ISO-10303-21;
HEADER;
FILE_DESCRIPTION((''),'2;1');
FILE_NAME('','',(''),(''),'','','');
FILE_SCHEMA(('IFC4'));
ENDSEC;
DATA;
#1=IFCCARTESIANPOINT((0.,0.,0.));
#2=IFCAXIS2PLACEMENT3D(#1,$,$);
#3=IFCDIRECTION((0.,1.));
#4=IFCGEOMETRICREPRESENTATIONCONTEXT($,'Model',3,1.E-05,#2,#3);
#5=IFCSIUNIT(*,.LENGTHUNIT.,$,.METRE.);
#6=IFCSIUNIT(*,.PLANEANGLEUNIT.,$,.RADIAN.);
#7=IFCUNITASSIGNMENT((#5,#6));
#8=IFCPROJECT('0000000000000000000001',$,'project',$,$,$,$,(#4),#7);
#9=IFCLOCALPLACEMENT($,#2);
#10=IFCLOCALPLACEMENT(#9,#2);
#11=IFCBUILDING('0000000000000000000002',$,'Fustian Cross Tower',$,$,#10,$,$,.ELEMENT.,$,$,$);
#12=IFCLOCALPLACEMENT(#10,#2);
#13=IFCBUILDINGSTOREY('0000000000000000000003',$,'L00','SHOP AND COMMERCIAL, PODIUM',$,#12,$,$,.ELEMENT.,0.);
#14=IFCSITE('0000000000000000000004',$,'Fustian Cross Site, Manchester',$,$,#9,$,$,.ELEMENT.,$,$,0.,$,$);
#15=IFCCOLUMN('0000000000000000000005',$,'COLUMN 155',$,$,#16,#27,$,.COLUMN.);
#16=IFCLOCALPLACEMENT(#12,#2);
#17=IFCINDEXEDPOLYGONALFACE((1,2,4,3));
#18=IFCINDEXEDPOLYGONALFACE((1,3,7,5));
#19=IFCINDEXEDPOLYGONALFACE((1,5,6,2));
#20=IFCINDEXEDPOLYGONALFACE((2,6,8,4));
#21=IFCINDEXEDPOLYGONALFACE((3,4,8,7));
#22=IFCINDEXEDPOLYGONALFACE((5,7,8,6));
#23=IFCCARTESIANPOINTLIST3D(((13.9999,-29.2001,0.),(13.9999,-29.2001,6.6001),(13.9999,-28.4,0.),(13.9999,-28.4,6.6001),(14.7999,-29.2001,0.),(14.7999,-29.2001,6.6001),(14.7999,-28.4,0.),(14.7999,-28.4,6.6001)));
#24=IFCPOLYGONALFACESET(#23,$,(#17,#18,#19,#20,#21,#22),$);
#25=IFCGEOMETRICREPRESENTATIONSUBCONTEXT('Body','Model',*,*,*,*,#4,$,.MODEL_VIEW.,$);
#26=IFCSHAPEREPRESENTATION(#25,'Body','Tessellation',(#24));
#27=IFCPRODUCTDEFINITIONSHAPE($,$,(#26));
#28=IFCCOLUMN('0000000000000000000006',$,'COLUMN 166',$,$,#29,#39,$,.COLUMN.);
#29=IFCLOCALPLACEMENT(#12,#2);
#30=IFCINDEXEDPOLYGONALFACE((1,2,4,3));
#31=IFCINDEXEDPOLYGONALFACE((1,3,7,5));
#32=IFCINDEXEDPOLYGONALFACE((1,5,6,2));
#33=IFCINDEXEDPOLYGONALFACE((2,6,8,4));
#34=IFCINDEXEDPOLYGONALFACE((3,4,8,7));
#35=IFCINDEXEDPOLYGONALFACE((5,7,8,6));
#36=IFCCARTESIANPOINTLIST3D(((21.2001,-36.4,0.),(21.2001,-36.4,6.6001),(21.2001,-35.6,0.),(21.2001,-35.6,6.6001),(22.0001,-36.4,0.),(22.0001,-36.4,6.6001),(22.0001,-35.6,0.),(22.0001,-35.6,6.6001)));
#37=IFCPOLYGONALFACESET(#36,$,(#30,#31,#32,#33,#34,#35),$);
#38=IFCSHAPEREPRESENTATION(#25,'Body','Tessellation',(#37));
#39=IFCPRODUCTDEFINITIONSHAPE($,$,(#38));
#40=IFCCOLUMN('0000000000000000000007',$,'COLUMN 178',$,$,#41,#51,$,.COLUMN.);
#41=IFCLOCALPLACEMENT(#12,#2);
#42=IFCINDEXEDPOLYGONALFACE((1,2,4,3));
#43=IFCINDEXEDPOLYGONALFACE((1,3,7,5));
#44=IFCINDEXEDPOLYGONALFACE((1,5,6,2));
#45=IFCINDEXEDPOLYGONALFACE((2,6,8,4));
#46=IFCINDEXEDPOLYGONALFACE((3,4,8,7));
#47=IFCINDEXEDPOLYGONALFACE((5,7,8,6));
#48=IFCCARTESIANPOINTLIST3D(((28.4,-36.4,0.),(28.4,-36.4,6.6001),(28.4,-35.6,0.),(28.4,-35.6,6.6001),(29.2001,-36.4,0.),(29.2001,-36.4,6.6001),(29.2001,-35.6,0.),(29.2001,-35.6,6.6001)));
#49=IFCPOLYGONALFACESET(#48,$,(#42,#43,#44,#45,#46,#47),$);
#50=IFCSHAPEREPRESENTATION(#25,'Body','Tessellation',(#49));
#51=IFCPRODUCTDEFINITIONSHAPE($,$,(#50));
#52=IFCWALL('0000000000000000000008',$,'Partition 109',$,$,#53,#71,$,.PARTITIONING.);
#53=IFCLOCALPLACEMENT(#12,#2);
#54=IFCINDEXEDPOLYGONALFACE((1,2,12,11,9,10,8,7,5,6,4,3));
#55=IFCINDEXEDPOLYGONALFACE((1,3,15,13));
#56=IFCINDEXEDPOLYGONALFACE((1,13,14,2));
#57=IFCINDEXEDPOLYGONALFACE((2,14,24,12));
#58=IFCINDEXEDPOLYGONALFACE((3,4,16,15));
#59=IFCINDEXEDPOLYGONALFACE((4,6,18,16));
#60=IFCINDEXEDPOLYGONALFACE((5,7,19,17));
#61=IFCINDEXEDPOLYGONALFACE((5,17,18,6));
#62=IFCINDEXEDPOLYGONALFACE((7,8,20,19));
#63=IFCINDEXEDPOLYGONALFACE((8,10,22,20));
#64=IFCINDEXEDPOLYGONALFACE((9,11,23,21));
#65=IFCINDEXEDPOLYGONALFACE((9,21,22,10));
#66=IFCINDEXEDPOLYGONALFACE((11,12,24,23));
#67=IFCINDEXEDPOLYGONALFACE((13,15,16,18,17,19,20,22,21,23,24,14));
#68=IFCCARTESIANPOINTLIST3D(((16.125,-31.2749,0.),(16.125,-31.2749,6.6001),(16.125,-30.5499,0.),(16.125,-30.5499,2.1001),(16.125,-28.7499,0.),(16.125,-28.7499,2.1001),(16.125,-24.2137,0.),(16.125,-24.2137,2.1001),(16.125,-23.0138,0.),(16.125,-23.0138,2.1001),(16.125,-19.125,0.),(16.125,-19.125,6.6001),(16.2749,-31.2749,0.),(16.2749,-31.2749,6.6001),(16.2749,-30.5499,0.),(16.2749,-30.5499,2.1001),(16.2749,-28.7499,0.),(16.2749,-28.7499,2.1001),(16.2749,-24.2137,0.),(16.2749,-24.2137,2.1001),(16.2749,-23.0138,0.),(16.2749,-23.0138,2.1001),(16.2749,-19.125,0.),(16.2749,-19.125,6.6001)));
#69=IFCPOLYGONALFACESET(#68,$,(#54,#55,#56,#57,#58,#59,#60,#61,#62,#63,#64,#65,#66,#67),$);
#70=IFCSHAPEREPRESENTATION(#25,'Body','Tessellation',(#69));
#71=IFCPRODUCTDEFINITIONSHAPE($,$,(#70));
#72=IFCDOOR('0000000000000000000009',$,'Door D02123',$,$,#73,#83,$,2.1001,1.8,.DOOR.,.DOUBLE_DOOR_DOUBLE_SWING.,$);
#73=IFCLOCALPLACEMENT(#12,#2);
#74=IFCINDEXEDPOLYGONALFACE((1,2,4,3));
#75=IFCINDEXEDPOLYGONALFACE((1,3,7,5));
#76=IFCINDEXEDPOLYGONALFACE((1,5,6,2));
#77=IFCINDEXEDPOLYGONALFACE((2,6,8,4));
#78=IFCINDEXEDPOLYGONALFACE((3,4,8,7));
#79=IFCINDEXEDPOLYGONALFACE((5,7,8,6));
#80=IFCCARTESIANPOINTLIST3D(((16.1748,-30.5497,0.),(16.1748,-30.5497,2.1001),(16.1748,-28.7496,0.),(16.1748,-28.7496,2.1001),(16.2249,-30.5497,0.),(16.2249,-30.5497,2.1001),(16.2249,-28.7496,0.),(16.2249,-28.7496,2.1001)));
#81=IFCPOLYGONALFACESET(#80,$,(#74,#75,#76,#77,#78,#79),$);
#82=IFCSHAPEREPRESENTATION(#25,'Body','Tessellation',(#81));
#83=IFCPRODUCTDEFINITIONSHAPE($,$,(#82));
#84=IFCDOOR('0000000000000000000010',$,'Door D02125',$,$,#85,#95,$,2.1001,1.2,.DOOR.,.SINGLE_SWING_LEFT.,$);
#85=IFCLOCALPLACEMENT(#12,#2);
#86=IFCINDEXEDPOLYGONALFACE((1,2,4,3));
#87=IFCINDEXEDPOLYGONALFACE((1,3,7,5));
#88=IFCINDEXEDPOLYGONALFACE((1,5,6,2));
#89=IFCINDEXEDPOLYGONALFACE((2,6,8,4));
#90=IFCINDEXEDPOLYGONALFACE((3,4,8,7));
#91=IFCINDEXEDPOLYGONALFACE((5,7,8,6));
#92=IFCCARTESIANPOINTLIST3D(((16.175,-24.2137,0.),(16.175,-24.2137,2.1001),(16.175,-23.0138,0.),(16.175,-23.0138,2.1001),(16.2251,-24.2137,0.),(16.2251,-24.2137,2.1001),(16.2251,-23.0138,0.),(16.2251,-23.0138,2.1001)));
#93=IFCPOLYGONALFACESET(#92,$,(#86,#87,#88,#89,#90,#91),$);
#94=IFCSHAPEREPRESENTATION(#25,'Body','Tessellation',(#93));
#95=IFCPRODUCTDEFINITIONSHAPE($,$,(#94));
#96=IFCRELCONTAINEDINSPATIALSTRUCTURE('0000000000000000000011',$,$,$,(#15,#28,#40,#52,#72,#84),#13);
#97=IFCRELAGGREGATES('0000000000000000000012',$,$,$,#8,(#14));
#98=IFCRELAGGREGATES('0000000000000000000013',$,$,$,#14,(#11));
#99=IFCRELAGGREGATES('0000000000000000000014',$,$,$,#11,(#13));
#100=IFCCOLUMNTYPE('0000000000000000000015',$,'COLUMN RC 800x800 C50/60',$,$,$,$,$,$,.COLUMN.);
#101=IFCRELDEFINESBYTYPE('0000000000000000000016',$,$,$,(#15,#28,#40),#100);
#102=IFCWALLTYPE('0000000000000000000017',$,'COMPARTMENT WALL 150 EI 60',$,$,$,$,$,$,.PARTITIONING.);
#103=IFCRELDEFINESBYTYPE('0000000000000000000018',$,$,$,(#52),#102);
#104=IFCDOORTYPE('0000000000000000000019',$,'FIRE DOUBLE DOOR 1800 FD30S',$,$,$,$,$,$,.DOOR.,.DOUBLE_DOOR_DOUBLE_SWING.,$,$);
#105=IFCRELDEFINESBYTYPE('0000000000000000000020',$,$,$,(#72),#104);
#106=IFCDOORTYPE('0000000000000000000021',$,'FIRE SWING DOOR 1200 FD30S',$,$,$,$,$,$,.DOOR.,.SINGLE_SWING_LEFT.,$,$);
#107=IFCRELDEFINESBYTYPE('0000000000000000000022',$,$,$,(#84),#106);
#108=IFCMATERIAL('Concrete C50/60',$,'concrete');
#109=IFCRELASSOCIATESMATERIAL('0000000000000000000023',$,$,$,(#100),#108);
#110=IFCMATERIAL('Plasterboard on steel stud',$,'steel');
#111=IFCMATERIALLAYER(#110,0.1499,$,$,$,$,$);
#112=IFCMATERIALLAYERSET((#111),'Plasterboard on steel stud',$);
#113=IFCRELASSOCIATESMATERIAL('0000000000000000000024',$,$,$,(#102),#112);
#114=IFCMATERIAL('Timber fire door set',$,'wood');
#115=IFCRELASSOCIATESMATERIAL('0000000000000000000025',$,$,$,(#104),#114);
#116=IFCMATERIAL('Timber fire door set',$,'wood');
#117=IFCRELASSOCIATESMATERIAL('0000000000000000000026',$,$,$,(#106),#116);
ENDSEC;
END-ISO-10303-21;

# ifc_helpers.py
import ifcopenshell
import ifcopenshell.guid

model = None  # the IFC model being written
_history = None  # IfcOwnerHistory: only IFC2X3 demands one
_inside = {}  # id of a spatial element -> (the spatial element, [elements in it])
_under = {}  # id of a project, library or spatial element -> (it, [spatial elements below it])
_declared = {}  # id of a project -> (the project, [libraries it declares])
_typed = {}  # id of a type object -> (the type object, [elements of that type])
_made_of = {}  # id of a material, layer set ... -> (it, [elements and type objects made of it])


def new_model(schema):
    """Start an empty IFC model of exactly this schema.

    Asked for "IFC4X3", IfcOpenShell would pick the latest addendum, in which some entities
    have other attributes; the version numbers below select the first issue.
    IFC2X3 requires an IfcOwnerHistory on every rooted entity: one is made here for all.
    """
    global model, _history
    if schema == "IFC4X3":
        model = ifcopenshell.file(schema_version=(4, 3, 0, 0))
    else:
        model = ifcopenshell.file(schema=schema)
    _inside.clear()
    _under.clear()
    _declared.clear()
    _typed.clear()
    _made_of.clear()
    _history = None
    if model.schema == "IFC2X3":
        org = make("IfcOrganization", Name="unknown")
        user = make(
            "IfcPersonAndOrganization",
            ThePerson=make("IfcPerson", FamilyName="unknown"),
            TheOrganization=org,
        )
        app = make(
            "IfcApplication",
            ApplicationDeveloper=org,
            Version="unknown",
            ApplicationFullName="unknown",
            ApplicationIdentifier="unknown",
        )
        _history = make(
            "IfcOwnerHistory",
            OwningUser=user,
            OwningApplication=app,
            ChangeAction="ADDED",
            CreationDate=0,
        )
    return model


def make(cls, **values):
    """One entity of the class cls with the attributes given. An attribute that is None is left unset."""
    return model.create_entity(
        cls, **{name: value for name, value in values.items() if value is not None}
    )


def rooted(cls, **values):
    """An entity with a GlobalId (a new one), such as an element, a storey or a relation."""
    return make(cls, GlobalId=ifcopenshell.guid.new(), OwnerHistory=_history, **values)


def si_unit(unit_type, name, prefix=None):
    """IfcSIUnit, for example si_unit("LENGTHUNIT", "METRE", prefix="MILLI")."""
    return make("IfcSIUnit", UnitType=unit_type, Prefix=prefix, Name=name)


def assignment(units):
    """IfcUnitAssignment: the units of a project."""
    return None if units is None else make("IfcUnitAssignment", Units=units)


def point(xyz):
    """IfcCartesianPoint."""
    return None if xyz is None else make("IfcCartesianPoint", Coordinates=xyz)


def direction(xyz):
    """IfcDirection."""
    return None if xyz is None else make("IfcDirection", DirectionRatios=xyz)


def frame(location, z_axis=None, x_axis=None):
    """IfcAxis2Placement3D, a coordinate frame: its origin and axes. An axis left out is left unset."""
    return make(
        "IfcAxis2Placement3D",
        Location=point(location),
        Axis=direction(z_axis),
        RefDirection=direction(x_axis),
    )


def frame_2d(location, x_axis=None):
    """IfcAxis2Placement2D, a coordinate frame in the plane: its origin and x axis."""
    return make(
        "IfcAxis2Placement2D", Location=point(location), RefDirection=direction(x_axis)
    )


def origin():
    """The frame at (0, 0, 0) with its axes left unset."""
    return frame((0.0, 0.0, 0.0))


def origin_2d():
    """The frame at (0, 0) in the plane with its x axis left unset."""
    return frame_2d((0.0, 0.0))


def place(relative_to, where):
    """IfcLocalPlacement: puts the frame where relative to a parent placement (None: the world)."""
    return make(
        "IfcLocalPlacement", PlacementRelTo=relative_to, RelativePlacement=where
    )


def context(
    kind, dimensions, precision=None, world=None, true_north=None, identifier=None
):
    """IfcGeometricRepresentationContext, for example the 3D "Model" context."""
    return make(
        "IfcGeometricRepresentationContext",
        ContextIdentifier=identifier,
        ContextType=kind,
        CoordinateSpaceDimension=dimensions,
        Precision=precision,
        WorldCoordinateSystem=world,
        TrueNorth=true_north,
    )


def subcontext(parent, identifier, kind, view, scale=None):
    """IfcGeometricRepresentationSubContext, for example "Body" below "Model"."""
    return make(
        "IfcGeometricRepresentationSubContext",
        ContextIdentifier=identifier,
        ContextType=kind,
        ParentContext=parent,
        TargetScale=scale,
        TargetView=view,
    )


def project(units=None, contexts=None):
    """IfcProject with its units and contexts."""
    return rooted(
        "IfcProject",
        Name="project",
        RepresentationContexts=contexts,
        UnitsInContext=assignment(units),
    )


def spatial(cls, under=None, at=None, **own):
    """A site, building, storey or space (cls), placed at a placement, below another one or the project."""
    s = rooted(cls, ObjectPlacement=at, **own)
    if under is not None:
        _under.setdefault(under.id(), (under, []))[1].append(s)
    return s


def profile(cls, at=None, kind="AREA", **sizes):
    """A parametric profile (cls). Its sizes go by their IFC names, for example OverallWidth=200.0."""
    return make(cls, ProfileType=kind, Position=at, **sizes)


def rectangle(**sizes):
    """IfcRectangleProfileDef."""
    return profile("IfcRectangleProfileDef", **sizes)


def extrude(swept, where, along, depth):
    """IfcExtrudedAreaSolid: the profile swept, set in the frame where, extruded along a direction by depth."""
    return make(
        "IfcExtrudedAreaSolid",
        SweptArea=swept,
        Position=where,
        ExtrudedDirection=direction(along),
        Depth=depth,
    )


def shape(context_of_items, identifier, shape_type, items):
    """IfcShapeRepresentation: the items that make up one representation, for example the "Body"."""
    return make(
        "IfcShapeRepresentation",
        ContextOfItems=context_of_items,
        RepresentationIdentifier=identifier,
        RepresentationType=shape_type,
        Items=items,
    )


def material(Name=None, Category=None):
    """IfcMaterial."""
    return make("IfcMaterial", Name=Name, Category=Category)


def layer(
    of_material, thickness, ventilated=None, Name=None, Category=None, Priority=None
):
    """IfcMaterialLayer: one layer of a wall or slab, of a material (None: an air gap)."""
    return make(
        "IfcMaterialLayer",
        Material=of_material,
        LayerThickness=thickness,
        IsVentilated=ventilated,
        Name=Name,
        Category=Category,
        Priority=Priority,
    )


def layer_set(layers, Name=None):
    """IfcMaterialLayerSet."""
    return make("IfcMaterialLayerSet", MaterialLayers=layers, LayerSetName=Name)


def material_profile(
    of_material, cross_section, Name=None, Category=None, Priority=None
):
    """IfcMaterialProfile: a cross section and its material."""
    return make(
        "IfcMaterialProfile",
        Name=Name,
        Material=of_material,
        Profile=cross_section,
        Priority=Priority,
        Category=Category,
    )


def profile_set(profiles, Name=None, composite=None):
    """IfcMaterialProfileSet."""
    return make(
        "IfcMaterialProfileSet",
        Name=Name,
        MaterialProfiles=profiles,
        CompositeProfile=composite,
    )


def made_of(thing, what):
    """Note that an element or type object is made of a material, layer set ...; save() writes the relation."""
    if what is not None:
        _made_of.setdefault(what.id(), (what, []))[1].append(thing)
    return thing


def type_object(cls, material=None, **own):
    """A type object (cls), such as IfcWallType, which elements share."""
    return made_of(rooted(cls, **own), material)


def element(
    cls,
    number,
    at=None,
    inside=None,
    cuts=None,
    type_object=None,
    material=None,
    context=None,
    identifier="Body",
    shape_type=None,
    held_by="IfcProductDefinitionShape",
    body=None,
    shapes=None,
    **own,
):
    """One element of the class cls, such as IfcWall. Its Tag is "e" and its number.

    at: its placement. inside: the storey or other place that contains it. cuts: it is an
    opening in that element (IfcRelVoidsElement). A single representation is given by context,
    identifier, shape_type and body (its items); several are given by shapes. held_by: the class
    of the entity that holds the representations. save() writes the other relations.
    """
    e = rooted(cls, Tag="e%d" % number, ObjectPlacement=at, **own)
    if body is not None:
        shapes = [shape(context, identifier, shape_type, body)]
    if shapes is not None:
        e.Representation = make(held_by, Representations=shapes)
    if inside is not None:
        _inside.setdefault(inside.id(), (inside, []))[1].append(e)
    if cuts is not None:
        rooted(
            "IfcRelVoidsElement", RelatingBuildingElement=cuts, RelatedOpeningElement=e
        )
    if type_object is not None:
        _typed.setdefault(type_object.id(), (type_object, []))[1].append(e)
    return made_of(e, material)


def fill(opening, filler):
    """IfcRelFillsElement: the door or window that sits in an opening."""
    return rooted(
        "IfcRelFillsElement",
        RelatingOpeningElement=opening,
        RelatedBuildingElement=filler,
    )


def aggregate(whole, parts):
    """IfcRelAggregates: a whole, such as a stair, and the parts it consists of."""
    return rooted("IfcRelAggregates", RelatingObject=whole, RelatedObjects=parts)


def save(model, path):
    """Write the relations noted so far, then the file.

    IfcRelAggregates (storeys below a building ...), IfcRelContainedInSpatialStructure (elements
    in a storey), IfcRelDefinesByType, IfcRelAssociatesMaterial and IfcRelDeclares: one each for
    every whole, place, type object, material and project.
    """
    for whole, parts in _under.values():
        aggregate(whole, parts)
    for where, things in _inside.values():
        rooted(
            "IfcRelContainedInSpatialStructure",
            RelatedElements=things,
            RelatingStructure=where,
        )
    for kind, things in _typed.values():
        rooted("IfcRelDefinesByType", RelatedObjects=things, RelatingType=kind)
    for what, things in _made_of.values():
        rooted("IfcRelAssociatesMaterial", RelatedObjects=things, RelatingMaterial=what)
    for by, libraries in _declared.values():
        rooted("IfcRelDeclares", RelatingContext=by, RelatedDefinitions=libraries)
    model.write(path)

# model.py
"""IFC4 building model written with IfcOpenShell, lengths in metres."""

from ifc_helpers import new_model, si_unit, direction, frame, frame_2d, origin, origin_2d, place, context, subcontext, project, spatial, rectangle, extrude, material, layer, layer_set, material_profile, profile_set, type_object, element, fill, save


model = new_model("IFC4")

# Units and contexts
model_context = context("Model", 3, precision=1e-05, world=origin(), true_north=direction((0.0, 1.0)))
body_context = subcontext(model_context, "Body", "Model", "MODEL_VIEW")
ifc_project = project(units=[si_unit("LENGTHUNIT", "METRE"), si_unit("PLANEANGLEUNIT", "RADIAN")], contexts=[model_context])

# Site, building, storey
site_placement = place(None, origin())
site = spatial("IfcSite", under=ifc_project, at=site_placement, Name="Fustian Cross Site, Manchester", CompositionType="ELEMENT", RefElevation=0.0)
building_placement = place(site_placement, origin())
building = spatial("IfcBuilding", under=site, at=building_placement, Name="Fustian Cross Tower", CompositionType="ELEMENT")
storey_placement = place(building_placement, origin())
storey = spatial("IfcBuildingStorey", under=building, at=storey_placement, Name="L00", Description="SHOP AND COMMERCIAL, PODIUM", CompositionType="ELEMENT", Elevation=0.0)

# Columns
ifc_material_1 = material(Name="Concrete C50/60", Category="concrete")
ifc_material_profile = material_profile(ifc_material_1, rectangle(XDim=0.8, YDim=0.8, at=origin_2d()), Name="RC 800x800")
ifc_profile_set = profile_set([ifc_material_profile], Name="Concrete C50/60")
column_type = type_object("IfcColumnType", Name="COLUMN RC 800x800 C50/60", PredefinedType="COLUMN", material=ifc_profile_set)
for number, where, z_axis, x_axis, name in (
    (1, (14.3999, -28.8, 0.0), (0.0, 0.0, 1.0), (1.0, 0.0, 0.0), "COLUMN 155"),
    (2, (21.6001, -36.0, 0.0), (0.0, 0.0, 1.0), (1.0, 0.0, 0.0), "COLUMN 166"),
    (3, (28.8, -36.0, 0.0), (0.0, 0.0, 1.0), (1.0, 0.0, 0.0), "COLUMN 178"),
):
    element("IfcColumn", number, at=place(storey_placement, frame(where, z_axis=z_axis, x_axis=x_axis)), inside=storey, type_object=column_type, Name=name, PredefinedType="COLUMN", context=body_context, shape_type="SweptSolid", body=[
        extrude(rectangle(XDim=0.8, YDim=0.8, at=origin_2d()), origin(), (0.0, 0.0, 1.0), 6.6001),
    ])

# Wall, openings, doors
ifc_material_2 = material(Name="Plasterboard on steel stud", Category="steel")
ifc_layer = layer(ifc_material_2, 0.1499)
ifc_layer_set = layer_set([ifc_layer], Name="Plasterboard on steel stud")
wall_type = type_object("IfcWallType", Name="COMPARTMENT WALL 150 EI 60", PredefinedType="PARTITIONING", material=ifc_layer_set)
wall_1_placement = place(storey_placement, frame((16.2, -31.2749, 0.0), z_axis=(0.0, 0.0, 1.0), x_axis=(0.0, 1.0, 0.0)))
wall_1 = element("IfcWall", 4, at=wall_1_placement, inside=storey, type_object=wall_type, Name="Partition 109", PredefinedType="PARTITIONING", context=body_context, shape_type="SweptSolid", body=[
    extrude(rectangle(XDim=12.1499, YDim=0.1499, at=frame_2d((6.075, 0.0))), origin(), (0.0, 0.0, 1.0), 6.6001),
])
opening_1_placement = place(wall_1_placement, frame((0.7251, 0.0, 0.0)))
opening_1 = element("IfcOpeningElement", 5, at=opening_1_placement, cuts=wall_1, PredefinedType="OPENING", context=body_context, shape_type="SweptSolid", body=[
    extrude(rectangle(XDim=1.8, YDim=2.1001, at=frame_2d((0.8999, 1.05))), frame((0.0, 0.085, 0.0), z_axis=(0.0, -1.0, 0.0), x_axis=(1.0, 0.0, 0.0)), (0.0, 0.0, 1.0), 0.1699),
])
opening_2_placement = place(wall_1_placement, frame((7.061, 0.0, 0.0)))
opening_2 = element("IfcOpeningElement", 6, at=opening_2_placement, cuts=wall_1, PredefinedType="OPENING", context=body_context, shape_type="SweptSolid", body=[
    extrude(rectangle(XDim=1.2, YDim=2.1001, at=frame_2d((0.6001, 1.05))), frame((0.0, 0.085, 0.0), z_axis=(0.0, -1.0, 0.0), x_axis=(1.0, 0.0, 0.0)), (0.0, 0.0, 1.0), 0.1699),
])
ifc_material_3 = material(Name="Timber fire door set", Category="wood")
door_type_1 = type_object("IfcDoorType", Name="FIRE DOUBLE DOOR 1800 FD30S", OperationType="DOUBLE_DOOR_DOUBLE_SWING", PredefinedType="DOOR", material=ifc_material_3)
door_1_placement = place(opening_1_placement, frame((1.8, 0.0, 0.0), z_axis=(0.0, 0.0, 1.0), x_axis=(-1.0, 0.0, 0.0)))
door_1 = element("IfcDoor", 7, at=door_1_placement, inside=storey, type_object=door_type_1, Name="Door D02123", OperationType="DOUBLE_DOOR_DOUBLE_SWING", OverallHeight=2.1001, OverallWidth=1.8, PredefinedType="DOOR", context=body_context, shape_type="SweptSolid", body=[
    extrude(rectangle(XDim=1.8, YDim=2.1001, at=frame_2d((0.8999, 1.05))), frame((0.0, 0.0249, 0.0), z_axis=(0.0, -1.0, 0.0), x_axis=(1.0, 0.0, 0.0)), (0.0, 0.0, 1.0), 0.05),
])
fill(opening_1, door_1)
ifc_material_4 = material(Name="Timber fire door set", Category="wood")
door_type_2 = type_object("IfcDoorType", Name="FIRE SWING DOOR 1200 FD30S", OperationType="SINGLE_SWING_LEFT", PredefinedType="DOOR", material=ifc_material_4)
door_2_placement = place(opening_2_placement, origin())
door_2 = element("IfcDoor", 8, at=door_2_placement, inside=storey, type_object=door_type_2, Name="Door D02125", OperationType="SINGLE_SWING_LEFT", OverallHeight=2.1001, OverallWidth=1.2, PredefinedType="DOOR", context=body_context, shape_type="SweptSolid", body=[
    extrude(rectangle(XDim=1.2, YDim=2.1001, at=frame_2d((0.6001, 1.05))), frame((0.0, 0.0249, 0.0), z_axis=(0.0, -1.0, 0.0), x_axis=(1.0, 0.0, 0.0)), (0.0, 0.0, 1.0), 0.05),
])
fill(opening_2, door_2)

save(model, "model.ifc")
